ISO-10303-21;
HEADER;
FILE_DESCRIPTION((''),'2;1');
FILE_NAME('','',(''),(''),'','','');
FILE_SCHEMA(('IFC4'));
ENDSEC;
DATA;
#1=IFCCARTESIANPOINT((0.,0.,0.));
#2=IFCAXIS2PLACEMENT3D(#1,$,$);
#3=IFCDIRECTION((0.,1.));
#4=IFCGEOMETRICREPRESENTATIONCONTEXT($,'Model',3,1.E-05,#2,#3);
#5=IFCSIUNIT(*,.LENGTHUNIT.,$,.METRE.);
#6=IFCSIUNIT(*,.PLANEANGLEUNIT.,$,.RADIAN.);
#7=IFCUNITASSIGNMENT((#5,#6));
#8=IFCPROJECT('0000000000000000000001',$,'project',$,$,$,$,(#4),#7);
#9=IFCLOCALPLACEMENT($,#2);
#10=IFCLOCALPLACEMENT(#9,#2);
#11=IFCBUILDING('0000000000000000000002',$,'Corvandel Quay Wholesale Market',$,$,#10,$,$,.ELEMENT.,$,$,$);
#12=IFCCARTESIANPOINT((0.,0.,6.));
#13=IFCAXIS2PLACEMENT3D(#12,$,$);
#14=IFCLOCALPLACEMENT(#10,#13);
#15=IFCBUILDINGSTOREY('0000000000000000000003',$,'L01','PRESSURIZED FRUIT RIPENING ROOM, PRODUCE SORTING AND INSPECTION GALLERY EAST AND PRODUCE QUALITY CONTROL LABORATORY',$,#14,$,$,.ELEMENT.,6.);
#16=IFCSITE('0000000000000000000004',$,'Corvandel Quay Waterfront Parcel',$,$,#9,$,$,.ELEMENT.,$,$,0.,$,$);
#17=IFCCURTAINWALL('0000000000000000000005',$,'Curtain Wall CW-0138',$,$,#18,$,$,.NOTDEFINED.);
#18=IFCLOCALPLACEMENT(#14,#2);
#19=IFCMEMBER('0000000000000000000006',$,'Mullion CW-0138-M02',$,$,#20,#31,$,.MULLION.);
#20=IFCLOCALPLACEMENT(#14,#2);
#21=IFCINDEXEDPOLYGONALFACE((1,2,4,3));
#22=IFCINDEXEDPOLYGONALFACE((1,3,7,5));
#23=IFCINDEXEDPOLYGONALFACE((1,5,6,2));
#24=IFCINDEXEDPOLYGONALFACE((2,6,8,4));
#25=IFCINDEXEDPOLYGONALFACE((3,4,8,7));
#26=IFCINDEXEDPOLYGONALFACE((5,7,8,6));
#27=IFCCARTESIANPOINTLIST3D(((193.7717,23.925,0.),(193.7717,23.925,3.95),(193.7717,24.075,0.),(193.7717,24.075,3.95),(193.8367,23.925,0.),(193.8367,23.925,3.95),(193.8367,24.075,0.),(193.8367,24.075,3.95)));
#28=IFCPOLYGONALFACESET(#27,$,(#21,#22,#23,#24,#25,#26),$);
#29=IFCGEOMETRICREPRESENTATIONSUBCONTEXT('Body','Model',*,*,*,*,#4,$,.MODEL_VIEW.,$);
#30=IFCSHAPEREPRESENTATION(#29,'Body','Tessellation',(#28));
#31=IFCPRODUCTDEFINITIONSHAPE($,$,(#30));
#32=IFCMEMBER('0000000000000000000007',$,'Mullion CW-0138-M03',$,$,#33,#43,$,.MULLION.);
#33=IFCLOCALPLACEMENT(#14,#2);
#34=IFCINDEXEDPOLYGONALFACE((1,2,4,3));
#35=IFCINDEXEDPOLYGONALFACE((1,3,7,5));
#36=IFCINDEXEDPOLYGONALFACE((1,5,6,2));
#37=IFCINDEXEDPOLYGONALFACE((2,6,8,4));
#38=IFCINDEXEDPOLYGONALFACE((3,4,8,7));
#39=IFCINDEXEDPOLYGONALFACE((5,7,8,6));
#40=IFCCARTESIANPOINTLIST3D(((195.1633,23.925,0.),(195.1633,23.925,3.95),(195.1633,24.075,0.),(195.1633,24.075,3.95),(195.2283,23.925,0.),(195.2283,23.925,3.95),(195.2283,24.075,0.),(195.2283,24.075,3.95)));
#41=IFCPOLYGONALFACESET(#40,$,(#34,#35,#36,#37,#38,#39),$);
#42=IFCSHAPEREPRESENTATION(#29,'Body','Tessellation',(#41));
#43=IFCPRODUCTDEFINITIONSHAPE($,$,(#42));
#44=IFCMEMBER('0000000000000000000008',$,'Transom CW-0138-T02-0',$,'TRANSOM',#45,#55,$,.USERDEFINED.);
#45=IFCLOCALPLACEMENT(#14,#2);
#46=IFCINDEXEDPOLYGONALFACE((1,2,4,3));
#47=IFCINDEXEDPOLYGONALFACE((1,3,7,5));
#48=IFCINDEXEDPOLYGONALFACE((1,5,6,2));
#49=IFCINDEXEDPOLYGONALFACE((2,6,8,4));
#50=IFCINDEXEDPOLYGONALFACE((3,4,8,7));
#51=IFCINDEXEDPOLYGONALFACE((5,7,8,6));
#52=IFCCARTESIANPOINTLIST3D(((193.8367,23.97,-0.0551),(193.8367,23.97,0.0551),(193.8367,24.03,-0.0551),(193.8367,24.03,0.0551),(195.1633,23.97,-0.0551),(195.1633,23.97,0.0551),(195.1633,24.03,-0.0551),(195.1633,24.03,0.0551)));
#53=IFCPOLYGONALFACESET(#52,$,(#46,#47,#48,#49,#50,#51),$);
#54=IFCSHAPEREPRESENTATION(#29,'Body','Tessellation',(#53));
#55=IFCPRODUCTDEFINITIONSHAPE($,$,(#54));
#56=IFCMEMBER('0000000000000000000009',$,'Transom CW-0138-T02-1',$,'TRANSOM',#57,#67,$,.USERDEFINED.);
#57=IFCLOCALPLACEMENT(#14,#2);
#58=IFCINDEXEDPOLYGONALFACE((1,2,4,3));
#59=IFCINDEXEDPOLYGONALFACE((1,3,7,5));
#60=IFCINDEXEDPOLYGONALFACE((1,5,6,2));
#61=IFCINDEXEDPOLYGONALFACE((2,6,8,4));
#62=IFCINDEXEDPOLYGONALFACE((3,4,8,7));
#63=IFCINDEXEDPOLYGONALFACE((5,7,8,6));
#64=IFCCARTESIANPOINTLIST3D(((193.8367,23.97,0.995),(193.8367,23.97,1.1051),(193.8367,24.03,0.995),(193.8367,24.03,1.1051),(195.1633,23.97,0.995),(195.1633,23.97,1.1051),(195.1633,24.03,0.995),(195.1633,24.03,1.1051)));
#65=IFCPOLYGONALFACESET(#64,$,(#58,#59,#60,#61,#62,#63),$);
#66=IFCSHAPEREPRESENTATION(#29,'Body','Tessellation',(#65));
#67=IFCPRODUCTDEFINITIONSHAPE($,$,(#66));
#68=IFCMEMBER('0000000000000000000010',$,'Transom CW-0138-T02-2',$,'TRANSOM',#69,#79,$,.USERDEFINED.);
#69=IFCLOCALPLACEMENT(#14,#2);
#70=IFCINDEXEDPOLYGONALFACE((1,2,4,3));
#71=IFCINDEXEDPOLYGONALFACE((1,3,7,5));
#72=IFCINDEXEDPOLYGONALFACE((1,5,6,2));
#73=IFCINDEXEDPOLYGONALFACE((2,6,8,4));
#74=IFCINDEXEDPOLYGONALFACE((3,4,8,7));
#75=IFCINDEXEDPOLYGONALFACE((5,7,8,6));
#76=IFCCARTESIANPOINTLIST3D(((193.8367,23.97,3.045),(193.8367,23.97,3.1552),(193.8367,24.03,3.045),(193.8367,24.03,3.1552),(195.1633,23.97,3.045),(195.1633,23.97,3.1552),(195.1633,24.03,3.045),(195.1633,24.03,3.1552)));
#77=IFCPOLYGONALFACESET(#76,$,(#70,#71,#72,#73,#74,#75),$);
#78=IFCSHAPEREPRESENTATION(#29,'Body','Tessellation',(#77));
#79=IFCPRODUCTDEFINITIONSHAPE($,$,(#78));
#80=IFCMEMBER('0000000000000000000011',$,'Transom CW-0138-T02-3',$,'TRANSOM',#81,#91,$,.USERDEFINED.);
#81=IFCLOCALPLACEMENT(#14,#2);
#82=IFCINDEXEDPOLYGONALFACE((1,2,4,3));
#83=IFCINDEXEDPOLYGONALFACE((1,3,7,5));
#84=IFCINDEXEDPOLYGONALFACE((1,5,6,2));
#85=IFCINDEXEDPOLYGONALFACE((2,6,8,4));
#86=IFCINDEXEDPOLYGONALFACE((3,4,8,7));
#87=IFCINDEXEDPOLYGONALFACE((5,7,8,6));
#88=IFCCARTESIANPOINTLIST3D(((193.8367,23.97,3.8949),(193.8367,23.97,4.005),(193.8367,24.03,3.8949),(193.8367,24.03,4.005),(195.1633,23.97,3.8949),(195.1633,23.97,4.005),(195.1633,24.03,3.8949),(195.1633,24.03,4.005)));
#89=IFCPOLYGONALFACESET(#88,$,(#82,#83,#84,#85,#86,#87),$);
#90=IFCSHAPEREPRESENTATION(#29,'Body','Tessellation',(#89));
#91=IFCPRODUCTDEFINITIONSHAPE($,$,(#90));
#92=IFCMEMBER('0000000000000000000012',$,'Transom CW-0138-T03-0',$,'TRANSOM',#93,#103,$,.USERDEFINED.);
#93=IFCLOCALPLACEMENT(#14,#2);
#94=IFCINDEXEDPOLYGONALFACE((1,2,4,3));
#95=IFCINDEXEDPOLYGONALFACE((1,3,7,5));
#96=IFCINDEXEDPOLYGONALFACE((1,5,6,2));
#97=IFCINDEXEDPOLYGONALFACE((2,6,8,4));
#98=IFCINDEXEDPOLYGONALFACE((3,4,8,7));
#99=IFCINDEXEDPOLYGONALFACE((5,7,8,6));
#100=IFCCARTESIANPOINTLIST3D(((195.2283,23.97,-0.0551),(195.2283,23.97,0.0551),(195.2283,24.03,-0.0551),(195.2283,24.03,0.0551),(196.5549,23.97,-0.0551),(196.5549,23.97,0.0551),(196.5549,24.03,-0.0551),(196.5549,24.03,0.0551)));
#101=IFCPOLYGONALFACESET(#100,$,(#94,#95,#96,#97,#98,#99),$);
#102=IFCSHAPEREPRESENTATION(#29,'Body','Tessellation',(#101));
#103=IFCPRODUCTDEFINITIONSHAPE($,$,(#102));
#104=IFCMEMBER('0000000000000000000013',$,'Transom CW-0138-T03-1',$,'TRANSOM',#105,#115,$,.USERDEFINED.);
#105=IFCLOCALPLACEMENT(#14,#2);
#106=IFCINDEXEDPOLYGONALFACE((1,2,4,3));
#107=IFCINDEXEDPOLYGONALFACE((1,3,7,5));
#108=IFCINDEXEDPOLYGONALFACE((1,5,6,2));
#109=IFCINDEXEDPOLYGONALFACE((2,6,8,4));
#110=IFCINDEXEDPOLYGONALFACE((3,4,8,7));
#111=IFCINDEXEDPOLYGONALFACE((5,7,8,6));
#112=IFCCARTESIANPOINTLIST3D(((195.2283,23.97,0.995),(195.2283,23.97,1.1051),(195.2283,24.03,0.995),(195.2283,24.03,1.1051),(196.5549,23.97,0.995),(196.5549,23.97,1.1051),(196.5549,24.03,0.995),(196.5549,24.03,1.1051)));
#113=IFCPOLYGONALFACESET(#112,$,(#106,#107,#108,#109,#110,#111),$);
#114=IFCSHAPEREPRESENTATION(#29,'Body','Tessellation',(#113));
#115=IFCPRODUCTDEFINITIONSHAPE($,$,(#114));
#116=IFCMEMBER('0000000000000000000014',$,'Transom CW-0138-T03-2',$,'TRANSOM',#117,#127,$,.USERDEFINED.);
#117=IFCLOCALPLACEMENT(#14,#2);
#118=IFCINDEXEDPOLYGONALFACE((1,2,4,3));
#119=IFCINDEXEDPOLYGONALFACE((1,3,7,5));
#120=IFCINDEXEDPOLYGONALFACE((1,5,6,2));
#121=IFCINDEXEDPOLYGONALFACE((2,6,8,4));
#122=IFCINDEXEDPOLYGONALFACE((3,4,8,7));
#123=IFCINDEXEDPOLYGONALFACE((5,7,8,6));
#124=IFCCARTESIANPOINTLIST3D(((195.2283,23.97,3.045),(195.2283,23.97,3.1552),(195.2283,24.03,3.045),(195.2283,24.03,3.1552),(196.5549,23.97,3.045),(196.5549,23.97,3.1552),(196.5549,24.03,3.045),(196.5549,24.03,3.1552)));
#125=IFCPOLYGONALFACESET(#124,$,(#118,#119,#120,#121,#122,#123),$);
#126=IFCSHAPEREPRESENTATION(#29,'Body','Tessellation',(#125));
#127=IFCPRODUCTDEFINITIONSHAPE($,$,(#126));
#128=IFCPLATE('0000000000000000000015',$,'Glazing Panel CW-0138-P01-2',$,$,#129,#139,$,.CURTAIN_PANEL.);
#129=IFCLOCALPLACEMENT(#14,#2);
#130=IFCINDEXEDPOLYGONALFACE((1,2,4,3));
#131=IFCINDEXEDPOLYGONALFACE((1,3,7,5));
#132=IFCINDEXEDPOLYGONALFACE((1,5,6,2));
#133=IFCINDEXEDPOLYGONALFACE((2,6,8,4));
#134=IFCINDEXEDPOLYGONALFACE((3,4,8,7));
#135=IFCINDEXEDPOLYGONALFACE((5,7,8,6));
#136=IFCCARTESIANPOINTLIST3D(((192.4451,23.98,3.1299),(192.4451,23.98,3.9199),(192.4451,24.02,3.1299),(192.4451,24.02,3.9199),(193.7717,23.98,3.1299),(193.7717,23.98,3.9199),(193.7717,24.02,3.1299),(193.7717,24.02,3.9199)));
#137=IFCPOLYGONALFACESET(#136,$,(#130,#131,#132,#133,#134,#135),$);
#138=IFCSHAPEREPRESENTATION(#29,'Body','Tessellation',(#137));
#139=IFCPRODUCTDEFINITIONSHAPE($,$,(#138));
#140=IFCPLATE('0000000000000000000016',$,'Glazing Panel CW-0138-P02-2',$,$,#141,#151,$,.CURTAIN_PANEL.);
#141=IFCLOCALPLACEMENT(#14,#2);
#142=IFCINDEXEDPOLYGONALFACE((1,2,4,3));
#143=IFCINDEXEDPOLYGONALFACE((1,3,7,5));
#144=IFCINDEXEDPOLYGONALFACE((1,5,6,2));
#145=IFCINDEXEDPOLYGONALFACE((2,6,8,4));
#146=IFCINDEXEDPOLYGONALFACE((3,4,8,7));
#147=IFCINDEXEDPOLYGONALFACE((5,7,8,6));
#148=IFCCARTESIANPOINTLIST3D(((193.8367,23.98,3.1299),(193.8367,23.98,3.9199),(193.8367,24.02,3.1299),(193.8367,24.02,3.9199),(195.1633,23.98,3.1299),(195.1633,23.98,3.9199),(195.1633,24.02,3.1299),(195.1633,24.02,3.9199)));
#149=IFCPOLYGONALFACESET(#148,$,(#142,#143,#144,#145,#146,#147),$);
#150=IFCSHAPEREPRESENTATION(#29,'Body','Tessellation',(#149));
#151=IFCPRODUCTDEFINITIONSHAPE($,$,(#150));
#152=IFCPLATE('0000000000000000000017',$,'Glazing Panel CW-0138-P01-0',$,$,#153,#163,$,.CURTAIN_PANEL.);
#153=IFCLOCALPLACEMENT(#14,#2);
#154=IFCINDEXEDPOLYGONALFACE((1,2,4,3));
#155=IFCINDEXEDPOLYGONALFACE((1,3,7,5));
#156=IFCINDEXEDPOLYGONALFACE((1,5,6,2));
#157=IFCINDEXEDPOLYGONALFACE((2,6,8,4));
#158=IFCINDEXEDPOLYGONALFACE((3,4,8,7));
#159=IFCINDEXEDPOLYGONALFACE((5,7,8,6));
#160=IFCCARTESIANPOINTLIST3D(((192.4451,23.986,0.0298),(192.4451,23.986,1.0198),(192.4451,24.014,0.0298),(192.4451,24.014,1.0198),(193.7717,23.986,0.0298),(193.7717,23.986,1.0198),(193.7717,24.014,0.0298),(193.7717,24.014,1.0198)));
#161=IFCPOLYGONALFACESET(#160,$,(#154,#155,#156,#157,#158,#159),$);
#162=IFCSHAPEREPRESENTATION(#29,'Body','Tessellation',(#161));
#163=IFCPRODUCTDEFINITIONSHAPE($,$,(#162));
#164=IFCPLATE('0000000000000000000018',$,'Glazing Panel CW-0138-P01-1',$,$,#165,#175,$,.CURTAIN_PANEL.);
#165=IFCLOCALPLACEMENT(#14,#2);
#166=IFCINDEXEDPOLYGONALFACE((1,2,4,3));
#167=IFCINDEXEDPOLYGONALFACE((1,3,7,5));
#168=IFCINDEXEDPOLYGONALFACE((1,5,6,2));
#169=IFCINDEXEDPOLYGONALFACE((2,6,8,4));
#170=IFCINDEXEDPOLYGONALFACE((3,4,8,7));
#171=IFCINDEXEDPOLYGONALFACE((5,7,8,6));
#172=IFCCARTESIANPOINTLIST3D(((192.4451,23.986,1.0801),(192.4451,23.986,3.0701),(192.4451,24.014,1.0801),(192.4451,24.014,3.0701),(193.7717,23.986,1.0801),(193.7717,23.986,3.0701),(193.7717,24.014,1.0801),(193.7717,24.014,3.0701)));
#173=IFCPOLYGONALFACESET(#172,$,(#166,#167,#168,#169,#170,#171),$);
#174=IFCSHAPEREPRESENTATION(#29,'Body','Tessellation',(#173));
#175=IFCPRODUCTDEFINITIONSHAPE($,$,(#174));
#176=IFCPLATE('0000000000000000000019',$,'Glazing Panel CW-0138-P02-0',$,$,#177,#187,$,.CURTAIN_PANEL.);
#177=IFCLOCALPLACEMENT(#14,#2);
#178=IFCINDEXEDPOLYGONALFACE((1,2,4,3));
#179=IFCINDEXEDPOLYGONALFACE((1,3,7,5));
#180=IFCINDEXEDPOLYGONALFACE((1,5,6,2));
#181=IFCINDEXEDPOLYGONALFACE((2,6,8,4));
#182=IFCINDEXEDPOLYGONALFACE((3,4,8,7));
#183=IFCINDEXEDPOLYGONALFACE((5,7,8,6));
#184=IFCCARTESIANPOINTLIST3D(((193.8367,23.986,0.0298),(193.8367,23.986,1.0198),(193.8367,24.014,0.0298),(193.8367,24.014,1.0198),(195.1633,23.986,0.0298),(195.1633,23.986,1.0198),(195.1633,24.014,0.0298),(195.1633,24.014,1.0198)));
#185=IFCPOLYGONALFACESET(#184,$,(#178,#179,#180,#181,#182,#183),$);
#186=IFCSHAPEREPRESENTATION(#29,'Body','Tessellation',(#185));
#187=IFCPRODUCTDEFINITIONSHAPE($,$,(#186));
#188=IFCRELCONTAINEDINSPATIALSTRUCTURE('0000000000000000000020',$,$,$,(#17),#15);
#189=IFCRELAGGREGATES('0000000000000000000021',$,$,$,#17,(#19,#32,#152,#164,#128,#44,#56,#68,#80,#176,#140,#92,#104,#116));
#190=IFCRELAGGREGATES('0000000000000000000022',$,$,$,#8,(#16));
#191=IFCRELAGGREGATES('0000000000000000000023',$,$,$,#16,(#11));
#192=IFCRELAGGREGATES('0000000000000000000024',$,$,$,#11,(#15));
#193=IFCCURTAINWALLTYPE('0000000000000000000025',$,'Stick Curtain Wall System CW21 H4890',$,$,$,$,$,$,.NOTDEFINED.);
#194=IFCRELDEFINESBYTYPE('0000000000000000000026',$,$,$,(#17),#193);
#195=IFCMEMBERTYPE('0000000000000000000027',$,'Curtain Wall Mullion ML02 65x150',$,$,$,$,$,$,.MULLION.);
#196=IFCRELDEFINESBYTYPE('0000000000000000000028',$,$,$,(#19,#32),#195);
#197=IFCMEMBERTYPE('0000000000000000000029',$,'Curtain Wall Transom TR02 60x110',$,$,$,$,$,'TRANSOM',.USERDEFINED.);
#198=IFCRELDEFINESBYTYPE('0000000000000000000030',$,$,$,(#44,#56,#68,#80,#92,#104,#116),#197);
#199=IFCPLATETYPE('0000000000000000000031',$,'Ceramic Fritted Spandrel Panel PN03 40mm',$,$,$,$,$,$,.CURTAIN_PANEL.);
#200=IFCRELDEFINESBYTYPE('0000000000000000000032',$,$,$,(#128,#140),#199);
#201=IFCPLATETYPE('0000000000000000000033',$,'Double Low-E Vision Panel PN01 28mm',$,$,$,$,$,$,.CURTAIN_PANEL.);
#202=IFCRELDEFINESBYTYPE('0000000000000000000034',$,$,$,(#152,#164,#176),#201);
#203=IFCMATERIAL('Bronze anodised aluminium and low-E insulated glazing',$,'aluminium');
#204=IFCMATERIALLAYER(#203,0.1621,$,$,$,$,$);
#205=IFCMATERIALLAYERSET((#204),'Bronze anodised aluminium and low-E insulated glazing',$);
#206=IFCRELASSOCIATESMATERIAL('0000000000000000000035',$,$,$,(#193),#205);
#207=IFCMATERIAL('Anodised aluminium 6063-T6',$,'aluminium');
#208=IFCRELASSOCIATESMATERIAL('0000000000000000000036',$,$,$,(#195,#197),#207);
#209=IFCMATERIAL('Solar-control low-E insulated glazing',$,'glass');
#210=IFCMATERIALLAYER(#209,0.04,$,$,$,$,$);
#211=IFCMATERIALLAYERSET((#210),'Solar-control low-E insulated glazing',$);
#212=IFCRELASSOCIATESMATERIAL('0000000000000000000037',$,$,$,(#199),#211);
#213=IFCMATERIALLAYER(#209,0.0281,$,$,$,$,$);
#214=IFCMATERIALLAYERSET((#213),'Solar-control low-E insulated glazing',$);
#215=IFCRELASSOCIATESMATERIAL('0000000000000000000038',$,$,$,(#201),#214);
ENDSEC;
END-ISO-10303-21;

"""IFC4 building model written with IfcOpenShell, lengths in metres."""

from ifc_helpers import new_model, si_unit, direction, frame, origin, origin_2d, place, context, subcontext, project, spatial, rectangle, extrude, material, layer, layer_set, material_profile, profile_set, type_object, element, aggregate, save


model = new_model("IFC4")

# Units and contexts
model_context = context("Model", 3, precision=1e-05, world=origin(), true_north=direction((0.0, 1.0)))
body_context = subcontext(model_context, "Body", "Model", "MODEL_VIEW")
ifc_project = project(units=[si_unit("LENGTHUNIT", "METRE"), si_unit("PLANEANGLEUNIT", "RADIAN")], contexts=[model_context])

# Site, building, storey
site_placement = place(None, origin())
site = spatial("IfcSite", under=ifc_project, at=site_placement, Name="Corvandel Quay Waterfront Parcel", CompositionType="ELEMENT", RefElevation=0.0)
building_placement = place(site_placement, origin())
building = spatial("IfcBuilding", under=site, at=building_placement, Name="Corvandel Quay Wholesale Market", CompositionType="ELEMENT")
storey_placement = place(building_placement, frame((0.0, 0.0, 6.0)))
storey = spatial("IfcBuildingStorey", under=building, at=storey_placement, Name="L01", Description="PRESSURIZED FRUIT RIPENING ROOM, PRODUCE SORTING AND INSPECTION GALLERY EAST AND PRODUCE QUALITY CONTROL LABORATORY", CompositionType="ELEMENT", Elevation=6.0)

# Curtain wall, members, plates
ifc_material_1 = material(Name="Bronze anodised aluminium and low-E insulated glazing", Category="aluminium")
ifc_layer_1 = layer(ifc_material_1, 0.1621)
ifc_layer_set_1 = layer_set([ifc_layer_1], Name="Bronze anodised aluminium and low-E insulated glazing")
curtain_wall_type = type_object("IfcCurtainWallType", Name="Stick Curtain Wall System CW21 H4890", PredefinedType="NOTDEFINED", material=ifc_layer_set_1)
curtain_wall_placement = place(storey_placement, origin())
curtain_wall = element("IfcCurtainWall", 1, at=curtain_wall_placement, inside=storey, type_object=curtain_wall_type, Name="Curtain Wall CW-0138", PredefinedType="NOTDEFINED")
ifc_material_2 = material(Name="Anodised aluminium 6063-T6", Category="aluminium")
ifc_material_profile_1 = material_profile(ifc_material_2, rectangle(XDim=0.0649, YDim=0.1499, at=origin_2d()), Name="ALU-MUL-65x150")
ifc_profile_set_1 = profile_set([ifc_material_profile_1], Name="Anodised aluminium 6063-T6")
member_type_1 = type_object("IfcMemberType", Name="Curtain Wall Mullion ML02 65x150", PredefinedType="MULLION", material=ifc_profile_set_1)
member_1_placement = place(storey_placement, frame((193.8042, 24.0, 0.0), z_axis=(0.0, 0.0, 1.0), x_axis=(1.0, 0.0, 0.0)))
member_1 = element("IfcMember", 2, at=member_1_placement, type_object=member_type_1, Name="Mullion CW-0138-M02", PredefinedType="MULLION", context=body_context, shape_type="SweptSolid", body=[
    extrude(rectangle(XDim=0.0649, YDim=0.1499, at=origin_2d()), origin(), (0.0, 0.0, 1.0), 3.95),
])
member_2_placement = place(storey_placement, frame((195.1958, 24.0, 0.0), z_axis=(0.0, 0.0, 1.0), x_axis=(1.0, 0.0, 0.0)))
member_2 = element("IfcMember", 3, at=member_2_placement, type_object=member_type_1, Name="Mullion CW-0138-M03", PredefinedType="MULLION", context=body_context, shape_type="SweptSolid", body=[
    extrude(rectangle(XDim=0.0649, YDim=0.1499, at=origin_2d()), origin(), (0.0, 0.0, 1.0), 3.95),
])
ifc_material_profile_2 = material_profile(ifc_material_2, rectangle(XDim=0.0601, YDim=0.1101, at=origin_2d()), Name="ALU-TRN-60x110")
ifc_profile_set_2 = profile_set([ifc_material_profile_2], Name="Anodised aluminium 6063-T6")
member_type_2 = type_object("IfcMemberType", Name="Curtain Wall Transom TR02 60x110", ElementType="TRANSOM", PredefinedType="USERDEFINED", material=ifc_profile_set_2)
member_3_placement = place(storey_placement, frame((193.8367, 24.0, 0.0), z_axis=(1.0, 0.0, 0.0), x_axis=(0.0, 1.0, 0.0)))
member_3 = element("IfcMember", 4, at=member_3_placement, type_object=member_type_2, Name="Transom CW-0138-T02-0", ObjectType="TRANSOM", PredefinedType="USERDEFINED", context=body_context, shape_type="SweptSolid", body=[
    extrude(rectangle(XDim=0.0601, YDim=0.1101, at=origin_2d()), origin(), (0.0, 0.0, 1.0), 1.3267),
])
member_4_placement = place(storey_placement, frame((193.8367, 24.0, 1.05), z_axis=(1.0, 0.0, 0.0), x_axis=(0.0, 1.0, 0.0)))
member_4 = element("IfcMember", 5, at=member_4_placement, type_object=member_type_2, Name="Transom CW-0138-T02-1", ObjectType="TRANSOM", PredefinedType="USERDEFINED", context=body_context, shape_type="SweptSolid", body=[
    extrude(rectangle(XDim=0.0601, YDim=0.1101, at=origin_2d()), origin(), (0.0, 0.0, 1.0), 1.3267),
])
member_5_placement = place(storey_placement, frame((193.8367, 24.0, 3.1001), z_axis=(1.0, 0.0, 0.0), x_axis=(0.0, 1.0, 0.0)))
member_5 = element("IfcMember", 6, at=member_5_placement, type_object=member_type_2, Name="Transom CW-0138-T02-2", ObjectType="TRANSOM", PredefinedType="USERDEFINED", context=body_context, shape_type="SweptSolid", body=[
    extrude(rectangle(XDim=0.0601, YDim=0.1101, at=origin_2d()), origin(), (0.0, 0.0, 1.0), 1.3267),
])
member_6_placement = place(storey_placement, frame((193.8367, 24.0, 3.95), z_axis=(1.0, 0.0, 0.0), x_axis=(0.0, 1.0, 0.0)))
member_6 = element("IfcMember", 7, at=member_6_placement, type_object=member_type_2, Name="Transom CW-0138-T02-3", ObjectType="TRANSOM", PredefinedType="USERDEFINED", context=body_context, shape_type="SweptSolid", body=[
    extrude(rectangle(XDim=0.0601, YDim=0.1101, at=origin_2d()), origin(), (0.0, 0.0, 1.0), 1.3267),
])
member_7_placement = place(storey_placement, frame((195.2283, 24.0, 0.0), z_axis=(1.0, 0.0, 0.0), x_axis=(0.0, 1.0, 0.0)))
member_7 = element("IfcMember", 8, at=member_7_placement, type_object=member_type_2, Name="Transom CW-0138-T03-0", ObjectType="TRANSOM", PredefinedType="USERDEFINED", context=body_context, shape_type="SweptSolid", body=[
    extrude(rectangle(XDim=0.0601, YDim=0.1101, at=origin_2d()), origin(), (0.0, 0.0, 1.0), 1.3267),
])
member_8_placement = place(storey_placement, frame((195.2283, 24.0, 1.05), z_axis=(1.0, 0.0, 0.0), x_axis=(0.0, 1.0, 0.0)))
member_8 = element("IfcMember", 9, at=member_8_placement, type_object=member_type_2, Name="Transom CW-0138-T03-1", ObjectType="TRANSOM", PredefinedType="USERDEFINED", context=body_context, shape_type="SweptSolid", body=[
    extrude(rectangle(XDim=0.0601, YDim=0.1101, at=origin_2d()), origin(), (0.0, 0.0, 1.0), 1.3267),
])
member_9_placement = place(storey_placement, frame((195.2283, 24.0, 3.1001), z_axis=(1.0, 0.0, 0.0), x_axis=(0.0, 1.0, 0.0)))
member_9 = element("IfcMember", 10, at=member_9_placement, type_object=member_type_2, Name="Transom CW-0138-T03-2", ObjectType="TRANSOM", PredefinedType="USERDEFINED", context=body_context, shape_type="SweptSolid", body=[
    extrude(rectangle(XDim=0.0601, YDim=0.1101, at=origin_2d()), origin(), (0.0, 0.0, 1.0), 1.3267),
])
ifc_material_3 = material(Name="Solar-control low-E insulated glazing", Category="glass")
ifc_layer_2 = layer(ifc_material_3, 0.04)
ifc_layer_set_2 = layer_set([ifc_layer_2], Name="Solar-control low-E insulated glazing")
plate_type_1 = type_object("IfcPlateType", Name="Ceramic Fritted Spandrel Panel PN03 40mm", PredefinedType="CURTAIN_PANEL", material=ifc_layer_set_2)
plate_1_placement = place(storey_placement, frame((193.1084, 24.0, 3.1299), z_axis=(0.0, 0.0, 1.0), x_axis=(1.0, 0.0, 0.0)))
plate_1 = element("IfcPlate", 11, at=plate_1_placement, type_object=plate_type_1, Name="Glazing Panel CW-0138-P01-2", PredefinedType="CURTAIN_PANEL", context=body_context, shape_type="SweptSolid", body=[
    extrude(rectangle(XDim=1.3267, YDim=0.04, at=origin_2d()), origin(), (0.0, 0.0, 1.0), 0.79),
])
plate_2_placement = place(storey_placement, frame((194.5, 24.0, 3.1299), z_axis=(0.0, 0.0, 1.0), x_axis=(1.0, 0.0, 0.0)))
plate_2 = element("IfcPlate", 12, at=plate_2_placement, type_object=plate_type_1, Name="Glazing Panel CW-0138-P02-2", PredefinedType="CURTAIN_PANEL", context=body_context, shape_type="SweptSolid", body=[
    extrude(rectangle(XDim=1.3267, YDim=0.04, at=origin_2d()), origin(), (0.0, 0.0, 1.0), 0.79),
])
ifc_layer_3 = layer(ifc_material_3, 0.0281)
ifc_layer_set_3 = layer_set([ifc_layer_3], Name="Solar-control low-E insulated glazing")
plate_type_2 = type_object("IfcPlateType", Name="Double Low-E Vision Panel PN01 28mm", PredefinedType="CURTAIN_PANEL", material=ifc_layer_set_3)
plate_3_placement = place(storey_placement, frame((193.1084, 24.0, 0.0298), z_axis=(0.0, 0.0, 1.0), x_axis=(1.0, 0.0, 0.0)))
plate_3 = element("IfcPlate", 13, at=plate_3_placement, type_object=plate_type_2, Name="Glazing Panel CW-0138-P01-0", PredefinedType="CURTAIN_PANEL", context=body_context, shape_type="SweptSolid", body=[
    extrude(rectangle(XDim=1.3267, YDim=0.0281, at=origin_2d()), origin(), (0.0, 0.0, 1.0), 0.99),
])
plate_4_placement = place(storey_placement, frame((193.1084, 24.0, 1.0801), z_axis=(0.0, 0.0, 1.0), x_axis=(1.0, 0.0, 0.0)))
plate_4 = element("IfcPlate", 14, at=plate_4_placement, type_object=plate_type_2, Name="Glazing Panel CW-0138-P01-1", PredefinedType="CURTAIN_PANEL", context=body_context, shape_type="SweptSolid", body=[
    extrude(rectangle(XDim=1.3267, YDim=0.0281, at=origin_2d()), origin(), (0.0, 0.0, 1.0), 1.99),
])
plate_5_placement = place(storey_placement, frame((194.5, 24.0, 0.0298), z_axis=(0.0, 0.0, 1.0), x_axis=(1.0, 0.0, 0.0)))
plate_5 = element("IfcPlate", 15, at=plate_5_placement, type_object=plate_type_2, Name="Glazing Panel CW-0138-P02-0", PredefinedType="CURTAIN_PANEL", context=body_context, shape_type="SweptSolid", body=[
    extrude(rectangle(XDim=1.3267, YDim=0.0281, at=origin_2d()), origin(), (0.0, 0.0, 1.0), 0.99),
])
aggregate(curtain_wall, [member_1, member_2, plate_3, plate_4, plate_1, member_3, member_4, member_5, member_6, plate_5, plate_2, member_7, member_8, member_9])

save(model, "model.ifc")
